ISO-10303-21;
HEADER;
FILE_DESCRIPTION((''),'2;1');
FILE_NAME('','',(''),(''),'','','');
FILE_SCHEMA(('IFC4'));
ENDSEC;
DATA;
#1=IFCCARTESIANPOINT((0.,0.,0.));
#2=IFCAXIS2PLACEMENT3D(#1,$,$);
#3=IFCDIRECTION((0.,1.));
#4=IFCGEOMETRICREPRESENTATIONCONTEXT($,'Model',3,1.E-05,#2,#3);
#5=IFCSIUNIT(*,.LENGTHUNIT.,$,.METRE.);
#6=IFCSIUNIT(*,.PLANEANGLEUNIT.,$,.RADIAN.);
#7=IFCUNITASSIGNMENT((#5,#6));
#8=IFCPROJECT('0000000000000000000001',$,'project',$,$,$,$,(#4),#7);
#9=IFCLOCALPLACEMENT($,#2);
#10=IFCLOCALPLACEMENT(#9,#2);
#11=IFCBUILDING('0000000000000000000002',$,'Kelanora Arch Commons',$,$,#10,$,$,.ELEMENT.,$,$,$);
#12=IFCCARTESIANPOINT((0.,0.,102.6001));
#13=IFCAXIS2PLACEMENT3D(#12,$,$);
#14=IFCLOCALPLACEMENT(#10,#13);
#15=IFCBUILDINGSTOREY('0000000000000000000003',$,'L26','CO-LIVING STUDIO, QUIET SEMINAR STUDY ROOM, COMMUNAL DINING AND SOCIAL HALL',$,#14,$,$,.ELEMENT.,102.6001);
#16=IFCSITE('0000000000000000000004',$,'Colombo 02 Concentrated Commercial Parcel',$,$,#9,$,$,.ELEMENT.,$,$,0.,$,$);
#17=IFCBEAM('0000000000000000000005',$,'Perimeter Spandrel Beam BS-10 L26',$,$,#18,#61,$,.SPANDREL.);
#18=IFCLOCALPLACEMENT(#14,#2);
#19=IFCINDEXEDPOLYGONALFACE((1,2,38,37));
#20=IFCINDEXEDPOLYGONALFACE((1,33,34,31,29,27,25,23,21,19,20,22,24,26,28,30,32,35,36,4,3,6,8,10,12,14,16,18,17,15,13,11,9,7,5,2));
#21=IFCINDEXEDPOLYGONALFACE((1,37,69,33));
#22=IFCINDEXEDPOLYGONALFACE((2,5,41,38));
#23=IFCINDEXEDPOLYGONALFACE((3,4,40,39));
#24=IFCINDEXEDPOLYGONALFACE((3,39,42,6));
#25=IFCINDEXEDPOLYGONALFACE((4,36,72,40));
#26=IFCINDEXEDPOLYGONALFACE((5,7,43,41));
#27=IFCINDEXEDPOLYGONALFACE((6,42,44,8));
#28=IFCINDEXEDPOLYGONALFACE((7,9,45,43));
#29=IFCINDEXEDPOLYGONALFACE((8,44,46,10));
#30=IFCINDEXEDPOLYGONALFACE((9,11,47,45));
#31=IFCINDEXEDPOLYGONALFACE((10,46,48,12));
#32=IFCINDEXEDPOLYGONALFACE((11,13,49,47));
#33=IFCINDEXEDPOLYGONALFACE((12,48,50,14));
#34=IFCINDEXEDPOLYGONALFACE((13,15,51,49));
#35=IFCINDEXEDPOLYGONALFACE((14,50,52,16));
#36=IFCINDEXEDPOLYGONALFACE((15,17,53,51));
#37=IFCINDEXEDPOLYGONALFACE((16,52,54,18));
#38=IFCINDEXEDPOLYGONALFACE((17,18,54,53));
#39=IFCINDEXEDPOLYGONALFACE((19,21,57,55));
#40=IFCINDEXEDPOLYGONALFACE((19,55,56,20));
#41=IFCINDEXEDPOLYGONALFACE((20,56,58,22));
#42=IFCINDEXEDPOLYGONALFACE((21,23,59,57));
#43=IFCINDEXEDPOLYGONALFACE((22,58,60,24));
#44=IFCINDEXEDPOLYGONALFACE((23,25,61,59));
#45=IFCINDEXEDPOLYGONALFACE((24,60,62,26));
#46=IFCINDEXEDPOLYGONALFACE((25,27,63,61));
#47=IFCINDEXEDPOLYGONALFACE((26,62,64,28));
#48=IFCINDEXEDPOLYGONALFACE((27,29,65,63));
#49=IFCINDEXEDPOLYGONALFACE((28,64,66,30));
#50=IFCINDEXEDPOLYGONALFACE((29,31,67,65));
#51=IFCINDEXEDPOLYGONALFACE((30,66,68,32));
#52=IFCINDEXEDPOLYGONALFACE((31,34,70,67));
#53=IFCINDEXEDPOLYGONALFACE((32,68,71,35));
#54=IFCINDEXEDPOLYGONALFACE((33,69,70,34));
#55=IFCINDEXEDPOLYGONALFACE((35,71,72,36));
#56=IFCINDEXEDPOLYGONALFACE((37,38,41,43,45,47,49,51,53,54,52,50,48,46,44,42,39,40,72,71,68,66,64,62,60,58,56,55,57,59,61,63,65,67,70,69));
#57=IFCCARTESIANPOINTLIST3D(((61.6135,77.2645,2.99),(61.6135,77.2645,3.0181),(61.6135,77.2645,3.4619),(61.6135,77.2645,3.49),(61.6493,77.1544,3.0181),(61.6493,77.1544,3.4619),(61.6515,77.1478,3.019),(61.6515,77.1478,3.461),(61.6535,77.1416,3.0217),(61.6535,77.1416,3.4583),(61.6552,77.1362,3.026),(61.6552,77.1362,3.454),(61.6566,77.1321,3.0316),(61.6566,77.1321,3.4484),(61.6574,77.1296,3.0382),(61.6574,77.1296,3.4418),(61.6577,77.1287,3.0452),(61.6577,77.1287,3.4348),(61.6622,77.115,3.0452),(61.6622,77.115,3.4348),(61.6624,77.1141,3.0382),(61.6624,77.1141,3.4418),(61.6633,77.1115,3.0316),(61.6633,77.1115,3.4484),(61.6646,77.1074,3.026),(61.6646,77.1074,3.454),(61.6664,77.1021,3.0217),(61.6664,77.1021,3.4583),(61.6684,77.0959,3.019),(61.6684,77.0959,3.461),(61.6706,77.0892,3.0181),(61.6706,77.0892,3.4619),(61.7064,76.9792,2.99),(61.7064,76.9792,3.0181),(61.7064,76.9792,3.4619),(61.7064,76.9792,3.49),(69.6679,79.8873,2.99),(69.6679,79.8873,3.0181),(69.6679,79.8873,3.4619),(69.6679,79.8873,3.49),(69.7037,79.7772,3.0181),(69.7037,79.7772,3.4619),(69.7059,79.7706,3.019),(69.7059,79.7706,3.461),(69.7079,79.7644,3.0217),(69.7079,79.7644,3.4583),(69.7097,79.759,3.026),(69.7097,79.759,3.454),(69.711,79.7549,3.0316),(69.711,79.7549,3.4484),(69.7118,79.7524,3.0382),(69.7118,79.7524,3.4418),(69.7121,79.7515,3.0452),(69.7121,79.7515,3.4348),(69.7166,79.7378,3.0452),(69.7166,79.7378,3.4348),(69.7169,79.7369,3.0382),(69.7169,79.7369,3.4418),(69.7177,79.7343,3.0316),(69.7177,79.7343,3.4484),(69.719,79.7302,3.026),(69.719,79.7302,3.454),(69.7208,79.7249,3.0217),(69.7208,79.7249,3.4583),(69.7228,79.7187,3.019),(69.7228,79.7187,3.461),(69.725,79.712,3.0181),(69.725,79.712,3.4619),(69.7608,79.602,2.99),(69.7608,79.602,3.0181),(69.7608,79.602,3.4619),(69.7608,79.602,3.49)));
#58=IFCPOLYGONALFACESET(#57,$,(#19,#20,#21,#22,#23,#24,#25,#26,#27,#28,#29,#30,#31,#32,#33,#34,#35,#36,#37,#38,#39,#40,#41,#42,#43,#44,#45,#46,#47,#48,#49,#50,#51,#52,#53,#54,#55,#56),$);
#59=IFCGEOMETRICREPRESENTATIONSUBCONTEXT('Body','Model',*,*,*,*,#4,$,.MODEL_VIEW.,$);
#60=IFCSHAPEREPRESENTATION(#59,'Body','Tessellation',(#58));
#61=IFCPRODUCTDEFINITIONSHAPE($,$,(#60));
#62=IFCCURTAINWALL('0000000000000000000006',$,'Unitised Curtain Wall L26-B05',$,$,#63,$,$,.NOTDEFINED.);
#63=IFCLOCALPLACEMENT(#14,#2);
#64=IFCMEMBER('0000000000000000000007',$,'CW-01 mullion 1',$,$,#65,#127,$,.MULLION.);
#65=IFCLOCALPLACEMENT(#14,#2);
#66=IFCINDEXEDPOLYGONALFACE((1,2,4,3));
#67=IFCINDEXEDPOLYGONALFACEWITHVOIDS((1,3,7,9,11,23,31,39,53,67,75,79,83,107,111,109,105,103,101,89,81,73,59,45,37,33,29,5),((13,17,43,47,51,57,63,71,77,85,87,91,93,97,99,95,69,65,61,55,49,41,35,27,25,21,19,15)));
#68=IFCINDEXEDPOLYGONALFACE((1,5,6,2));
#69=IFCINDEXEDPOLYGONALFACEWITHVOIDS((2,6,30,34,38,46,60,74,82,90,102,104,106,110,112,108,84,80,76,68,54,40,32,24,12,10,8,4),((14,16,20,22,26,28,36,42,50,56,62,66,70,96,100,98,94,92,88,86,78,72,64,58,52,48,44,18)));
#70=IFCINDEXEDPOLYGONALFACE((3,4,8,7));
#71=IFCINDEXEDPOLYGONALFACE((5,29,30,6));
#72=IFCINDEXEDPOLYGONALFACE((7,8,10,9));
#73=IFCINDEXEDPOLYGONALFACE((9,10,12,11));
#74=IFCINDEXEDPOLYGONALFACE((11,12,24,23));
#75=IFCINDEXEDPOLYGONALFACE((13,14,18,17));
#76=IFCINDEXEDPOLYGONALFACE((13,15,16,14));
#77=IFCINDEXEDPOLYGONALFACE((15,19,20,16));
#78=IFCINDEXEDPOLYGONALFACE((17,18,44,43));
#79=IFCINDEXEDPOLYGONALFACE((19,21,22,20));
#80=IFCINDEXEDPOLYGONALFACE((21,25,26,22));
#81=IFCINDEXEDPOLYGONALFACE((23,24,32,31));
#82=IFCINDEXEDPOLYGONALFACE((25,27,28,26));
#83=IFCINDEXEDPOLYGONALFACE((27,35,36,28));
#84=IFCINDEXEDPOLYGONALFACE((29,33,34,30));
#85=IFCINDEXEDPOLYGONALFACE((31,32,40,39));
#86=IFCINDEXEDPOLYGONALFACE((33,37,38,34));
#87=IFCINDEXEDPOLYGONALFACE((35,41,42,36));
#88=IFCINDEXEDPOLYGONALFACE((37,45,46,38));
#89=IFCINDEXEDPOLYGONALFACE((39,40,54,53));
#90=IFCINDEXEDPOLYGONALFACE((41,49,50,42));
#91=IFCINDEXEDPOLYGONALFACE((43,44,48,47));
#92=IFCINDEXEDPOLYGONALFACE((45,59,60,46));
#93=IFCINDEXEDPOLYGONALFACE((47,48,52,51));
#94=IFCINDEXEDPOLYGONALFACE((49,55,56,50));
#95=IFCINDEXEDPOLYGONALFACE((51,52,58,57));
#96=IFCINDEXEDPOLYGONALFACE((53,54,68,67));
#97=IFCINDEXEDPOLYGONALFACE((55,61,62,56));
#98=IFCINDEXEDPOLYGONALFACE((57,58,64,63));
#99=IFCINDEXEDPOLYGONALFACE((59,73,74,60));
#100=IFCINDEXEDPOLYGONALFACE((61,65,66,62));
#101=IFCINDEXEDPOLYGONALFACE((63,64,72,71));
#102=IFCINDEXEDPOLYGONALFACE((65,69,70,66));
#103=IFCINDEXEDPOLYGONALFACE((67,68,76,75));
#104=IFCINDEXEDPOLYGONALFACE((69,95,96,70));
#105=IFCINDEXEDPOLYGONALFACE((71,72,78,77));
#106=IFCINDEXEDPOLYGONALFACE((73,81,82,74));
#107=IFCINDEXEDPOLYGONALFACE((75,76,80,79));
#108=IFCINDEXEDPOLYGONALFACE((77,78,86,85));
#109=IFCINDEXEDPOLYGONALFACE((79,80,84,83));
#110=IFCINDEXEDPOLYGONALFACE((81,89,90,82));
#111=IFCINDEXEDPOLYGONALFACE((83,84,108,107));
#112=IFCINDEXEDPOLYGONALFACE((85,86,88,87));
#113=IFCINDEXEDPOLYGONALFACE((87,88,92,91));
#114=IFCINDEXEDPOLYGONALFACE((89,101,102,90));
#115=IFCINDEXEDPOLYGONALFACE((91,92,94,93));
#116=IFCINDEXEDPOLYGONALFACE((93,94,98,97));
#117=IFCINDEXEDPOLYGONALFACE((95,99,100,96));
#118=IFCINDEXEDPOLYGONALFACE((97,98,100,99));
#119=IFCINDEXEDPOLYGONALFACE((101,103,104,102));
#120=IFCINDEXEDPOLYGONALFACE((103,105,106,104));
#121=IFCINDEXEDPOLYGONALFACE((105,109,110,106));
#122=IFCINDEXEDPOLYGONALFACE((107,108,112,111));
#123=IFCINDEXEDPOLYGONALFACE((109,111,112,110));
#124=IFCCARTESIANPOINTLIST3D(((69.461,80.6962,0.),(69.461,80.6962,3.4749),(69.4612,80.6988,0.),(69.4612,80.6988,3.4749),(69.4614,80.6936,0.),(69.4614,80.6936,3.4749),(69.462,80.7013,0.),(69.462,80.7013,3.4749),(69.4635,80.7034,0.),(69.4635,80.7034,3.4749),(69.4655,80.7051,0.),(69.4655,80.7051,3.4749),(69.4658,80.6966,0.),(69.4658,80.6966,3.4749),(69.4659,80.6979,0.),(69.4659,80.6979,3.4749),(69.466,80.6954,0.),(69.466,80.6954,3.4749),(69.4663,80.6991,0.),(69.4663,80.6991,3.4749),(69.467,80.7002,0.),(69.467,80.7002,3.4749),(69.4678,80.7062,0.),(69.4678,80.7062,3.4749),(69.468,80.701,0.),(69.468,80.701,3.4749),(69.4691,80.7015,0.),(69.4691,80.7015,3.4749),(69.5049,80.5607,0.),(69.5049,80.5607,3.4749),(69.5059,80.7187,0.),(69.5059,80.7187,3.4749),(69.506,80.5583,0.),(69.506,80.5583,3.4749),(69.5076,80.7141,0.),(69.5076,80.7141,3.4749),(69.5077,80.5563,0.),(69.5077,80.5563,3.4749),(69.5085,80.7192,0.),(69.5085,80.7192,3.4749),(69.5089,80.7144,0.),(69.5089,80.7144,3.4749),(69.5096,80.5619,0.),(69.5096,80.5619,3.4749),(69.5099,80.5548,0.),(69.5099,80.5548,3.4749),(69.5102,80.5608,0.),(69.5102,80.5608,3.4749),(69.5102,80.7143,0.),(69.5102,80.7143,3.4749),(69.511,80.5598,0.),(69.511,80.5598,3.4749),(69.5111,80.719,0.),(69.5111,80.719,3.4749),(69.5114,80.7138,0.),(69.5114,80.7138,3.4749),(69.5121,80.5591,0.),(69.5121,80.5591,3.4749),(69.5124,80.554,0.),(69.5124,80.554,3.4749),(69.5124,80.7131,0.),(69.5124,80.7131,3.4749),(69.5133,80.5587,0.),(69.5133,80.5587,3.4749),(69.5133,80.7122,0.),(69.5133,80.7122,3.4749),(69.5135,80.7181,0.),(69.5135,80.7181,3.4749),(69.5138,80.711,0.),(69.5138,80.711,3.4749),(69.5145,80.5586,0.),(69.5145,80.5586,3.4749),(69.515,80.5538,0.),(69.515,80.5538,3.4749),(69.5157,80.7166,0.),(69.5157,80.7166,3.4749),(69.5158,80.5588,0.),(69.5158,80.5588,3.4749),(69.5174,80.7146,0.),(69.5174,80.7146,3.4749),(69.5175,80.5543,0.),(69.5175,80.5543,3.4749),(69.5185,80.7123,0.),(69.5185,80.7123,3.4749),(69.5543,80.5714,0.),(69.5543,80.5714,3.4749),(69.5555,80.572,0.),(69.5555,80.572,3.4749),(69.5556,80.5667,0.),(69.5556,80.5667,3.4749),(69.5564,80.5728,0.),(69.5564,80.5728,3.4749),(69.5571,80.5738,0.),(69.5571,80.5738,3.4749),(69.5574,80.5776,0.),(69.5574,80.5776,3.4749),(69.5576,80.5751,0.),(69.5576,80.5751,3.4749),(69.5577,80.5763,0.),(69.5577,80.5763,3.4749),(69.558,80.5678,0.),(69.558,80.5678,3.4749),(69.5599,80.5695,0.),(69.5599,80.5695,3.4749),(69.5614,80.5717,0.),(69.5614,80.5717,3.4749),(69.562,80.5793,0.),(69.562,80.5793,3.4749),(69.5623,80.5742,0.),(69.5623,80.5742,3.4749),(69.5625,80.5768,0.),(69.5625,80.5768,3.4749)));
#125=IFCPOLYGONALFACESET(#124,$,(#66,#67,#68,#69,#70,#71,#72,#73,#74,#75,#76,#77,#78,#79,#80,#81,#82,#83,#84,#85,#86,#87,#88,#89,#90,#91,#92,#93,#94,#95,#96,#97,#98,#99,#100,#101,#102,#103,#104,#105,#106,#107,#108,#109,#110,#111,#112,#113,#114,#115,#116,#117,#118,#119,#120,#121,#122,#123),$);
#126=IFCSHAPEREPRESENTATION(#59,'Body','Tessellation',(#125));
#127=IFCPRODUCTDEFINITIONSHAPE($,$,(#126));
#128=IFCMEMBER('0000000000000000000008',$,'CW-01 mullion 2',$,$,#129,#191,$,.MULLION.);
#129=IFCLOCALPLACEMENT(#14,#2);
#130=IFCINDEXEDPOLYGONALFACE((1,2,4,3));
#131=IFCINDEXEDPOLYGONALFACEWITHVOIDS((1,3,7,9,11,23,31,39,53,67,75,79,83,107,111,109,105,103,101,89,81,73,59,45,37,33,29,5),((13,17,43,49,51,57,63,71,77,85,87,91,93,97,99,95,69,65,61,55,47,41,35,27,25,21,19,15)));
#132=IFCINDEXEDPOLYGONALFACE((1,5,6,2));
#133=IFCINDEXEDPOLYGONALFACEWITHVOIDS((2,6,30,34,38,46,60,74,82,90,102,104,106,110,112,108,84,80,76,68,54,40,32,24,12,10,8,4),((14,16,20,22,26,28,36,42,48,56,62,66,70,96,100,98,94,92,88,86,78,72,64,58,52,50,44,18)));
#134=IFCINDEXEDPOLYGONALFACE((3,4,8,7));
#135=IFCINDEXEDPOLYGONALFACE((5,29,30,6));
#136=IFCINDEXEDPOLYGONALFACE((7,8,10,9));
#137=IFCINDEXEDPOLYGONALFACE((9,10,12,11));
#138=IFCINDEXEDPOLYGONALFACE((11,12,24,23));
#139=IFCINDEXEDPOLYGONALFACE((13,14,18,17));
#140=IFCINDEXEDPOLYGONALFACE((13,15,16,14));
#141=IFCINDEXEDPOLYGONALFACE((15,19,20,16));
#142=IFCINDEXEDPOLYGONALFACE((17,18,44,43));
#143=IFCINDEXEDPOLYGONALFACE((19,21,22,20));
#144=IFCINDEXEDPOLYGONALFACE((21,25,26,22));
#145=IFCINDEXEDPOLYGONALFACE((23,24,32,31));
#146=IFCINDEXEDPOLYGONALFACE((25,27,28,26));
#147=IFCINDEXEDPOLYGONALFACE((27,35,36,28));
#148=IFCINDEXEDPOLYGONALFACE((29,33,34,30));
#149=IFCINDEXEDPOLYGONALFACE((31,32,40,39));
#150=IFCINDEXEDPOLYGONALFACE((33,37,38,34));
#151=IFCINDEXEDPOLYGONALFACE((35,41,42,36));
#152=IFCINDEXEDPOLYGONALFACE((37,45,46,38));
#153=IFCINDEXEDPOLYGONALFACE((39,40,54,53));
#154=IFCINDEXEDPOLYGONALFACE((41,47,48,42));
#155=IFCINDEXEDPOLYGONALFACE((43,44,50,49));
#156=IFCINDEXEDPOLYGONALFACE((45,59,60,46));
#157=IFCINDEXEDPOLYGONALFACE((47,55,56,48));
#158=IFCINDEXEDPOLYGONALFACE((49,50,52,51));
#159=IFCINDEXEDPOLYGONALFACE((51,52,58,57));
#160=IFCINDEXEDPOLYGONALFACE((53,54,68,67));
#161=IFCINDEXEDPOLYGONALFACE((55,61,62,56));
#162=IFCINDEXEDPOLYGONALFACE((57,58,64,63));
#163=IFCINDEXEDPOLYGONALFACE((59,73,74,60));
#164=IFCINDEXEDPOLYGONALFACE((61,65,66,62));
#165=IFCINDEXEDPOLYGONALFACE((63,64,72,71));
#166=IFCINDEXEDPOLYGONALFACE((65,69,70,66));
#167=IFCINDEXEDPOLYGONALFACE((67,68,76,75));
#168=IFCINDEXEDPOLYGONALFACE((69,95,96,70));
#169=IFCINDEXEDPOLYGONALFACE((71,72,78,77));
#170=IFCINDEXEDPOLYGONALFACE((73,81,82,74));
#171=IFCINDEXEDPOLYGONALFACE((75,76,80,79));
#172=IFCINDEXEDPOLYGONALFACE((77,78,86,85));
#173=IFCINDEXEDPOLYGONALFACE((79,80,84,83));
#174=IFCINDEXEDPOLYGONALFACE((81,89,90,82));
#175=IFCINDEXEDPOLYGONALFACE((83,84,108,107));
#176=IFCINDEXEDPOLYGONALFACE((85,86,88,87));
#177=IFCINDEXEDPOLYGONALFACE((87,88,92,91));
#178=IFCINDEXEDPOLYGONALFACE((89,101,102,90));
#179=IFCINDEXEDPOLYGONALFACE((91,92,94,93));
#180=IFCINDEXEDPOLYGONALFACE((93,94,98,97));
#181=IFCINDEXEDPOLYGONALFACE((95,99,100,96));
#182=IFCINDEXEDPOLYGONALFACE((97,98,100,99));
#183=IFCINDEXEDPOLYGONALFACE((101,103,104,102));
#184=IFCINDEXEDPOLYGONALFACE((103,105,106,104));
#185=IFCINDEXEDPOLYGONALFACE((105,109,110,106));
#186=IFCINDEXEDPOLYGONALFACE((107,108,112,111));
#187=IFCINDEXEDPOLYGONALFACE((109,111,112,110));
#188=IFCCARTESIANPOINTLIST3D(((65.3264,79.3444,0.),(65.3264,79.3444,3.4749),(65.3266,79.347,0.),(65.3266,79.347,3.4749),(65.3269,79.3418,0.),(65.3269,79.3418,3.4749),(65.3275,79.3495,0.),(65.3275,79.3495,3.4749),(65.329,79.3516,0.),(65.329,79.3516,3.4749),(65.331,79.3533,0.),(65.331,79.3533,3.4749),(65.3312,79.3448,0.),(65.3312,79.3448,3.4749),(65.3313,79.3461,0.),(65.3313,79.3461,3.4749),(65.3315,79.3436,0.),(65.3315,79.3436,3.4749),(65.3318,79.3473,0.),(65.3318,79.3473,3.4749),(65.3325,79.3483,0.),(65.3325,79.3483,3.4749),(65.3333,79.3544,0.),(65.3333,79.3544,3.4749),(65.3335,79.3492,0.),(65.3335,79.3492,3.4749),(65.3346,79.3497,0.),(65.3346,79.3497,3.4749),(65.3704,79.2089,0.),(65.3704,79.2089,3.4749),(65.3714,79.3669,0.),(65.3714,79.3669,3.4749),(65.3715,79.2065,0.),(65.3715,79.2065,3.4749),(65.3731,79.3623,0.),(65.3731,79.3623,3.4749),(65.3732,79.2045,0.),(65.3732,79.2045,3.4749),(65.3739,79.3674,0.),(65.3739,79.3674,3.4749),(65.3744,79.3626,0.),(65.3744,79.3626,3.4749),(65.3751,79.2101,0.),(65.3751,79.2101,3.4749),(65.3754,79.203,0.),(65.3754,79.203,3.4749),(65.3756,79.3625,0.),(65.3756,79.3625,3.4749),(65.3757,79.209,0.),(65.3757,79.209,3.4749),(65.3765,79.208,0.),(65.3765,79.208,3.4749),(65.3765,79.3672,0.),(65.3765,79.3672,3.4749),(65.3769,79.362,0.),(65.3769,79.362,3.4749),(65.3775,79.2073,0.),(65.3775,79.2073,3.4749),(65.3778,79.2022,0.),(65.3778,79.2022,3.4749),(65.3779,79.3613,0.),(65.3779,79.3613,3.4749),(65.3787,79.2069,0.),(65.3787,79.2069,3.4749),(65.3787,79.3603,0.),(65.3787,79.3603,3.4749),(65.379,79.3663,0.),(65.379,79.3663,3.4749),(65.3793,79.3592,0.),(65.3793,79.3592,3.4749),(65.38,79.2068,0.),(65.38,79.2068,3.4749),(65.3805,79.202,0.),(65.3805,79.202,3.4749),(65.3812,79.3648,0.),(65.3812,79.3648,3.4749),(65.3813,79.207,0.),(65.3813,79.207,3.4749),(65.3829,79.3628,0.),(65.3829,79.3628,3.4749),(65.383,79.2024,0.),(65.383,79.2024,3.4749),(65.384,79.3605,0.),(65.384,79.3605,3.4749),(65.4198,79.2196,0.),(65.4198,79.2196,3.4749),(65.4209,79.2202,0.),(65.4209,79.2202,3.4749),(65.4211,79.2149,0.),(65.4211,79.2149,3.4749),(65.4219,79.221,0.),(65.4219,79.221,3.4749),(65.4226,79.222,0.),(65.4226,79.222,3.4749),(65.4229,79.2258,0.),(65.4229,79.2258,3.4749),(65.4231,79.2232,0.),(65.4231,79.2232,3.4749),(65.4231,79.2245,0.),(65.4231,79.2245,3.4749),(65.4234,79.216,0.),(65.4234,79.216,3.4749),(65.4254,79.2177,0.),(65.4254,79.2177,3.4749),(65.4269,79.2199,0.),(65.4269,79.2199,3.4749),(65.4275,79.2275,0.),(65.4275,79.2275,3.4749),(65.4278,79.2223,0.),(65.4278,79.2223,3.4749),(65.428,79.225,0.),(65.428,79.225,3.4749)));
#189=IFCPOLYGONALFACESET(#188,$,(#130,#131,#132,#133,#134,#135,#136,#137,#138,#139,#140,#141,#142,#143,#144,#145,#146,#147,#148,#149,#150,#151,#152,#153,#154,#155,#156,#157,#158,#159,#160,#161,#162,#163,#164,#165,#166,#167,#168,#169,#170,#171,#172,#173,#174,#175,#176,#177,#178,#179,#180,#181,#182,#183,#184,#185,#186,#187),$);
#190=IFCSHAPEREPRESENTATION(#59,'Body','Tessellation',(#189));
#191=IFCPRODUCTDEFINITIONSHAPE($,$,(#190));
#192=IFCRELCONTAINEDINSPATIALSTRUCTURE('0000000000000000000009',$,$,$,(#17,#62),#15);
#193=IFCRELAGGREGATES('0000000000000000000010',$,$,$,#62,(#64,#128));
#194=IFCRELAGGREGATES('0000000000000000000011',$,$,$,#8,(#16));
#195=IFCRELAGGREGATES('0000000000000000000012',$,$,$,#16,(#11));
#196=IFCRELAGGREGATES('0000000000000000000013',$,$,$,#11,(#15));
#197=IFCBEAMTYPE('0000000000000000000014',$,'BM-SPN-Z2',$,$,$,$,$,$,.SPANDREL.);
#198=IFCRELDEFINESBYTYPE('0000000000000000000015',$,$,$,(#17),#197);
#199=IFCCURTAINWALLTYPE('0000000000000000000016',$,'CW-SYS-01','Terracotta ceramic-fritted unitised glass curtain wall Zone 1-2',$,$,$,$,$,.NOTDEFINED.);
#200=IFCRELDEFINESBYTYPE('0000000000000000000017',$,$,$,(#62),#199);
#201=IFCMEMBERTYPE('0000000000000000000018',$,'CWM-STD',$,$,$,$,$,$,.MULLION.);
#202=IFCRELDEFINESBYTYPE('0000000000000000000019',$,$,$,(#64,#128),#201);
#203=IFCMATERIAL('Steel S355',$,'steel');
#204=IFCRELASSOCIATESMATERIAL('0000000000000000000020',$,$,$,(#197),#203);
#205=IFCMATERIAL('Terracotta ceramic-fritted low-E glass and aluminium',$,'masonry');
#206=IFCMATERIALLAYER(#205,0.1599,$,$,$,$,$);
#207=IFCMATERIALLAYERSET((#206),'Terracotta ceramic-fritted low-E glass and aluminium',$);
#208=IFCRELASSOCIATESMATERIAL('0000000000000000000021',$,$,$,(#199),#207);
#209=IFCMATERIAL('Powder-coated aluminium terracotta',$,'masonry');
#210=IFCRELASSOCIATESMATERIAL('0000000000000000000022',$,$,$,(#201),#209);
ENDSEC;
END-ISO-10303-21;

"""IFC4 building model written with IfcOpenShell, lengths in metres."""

from ifc_helpers import new_model, si_unit, direction, frame, origin, origin_2d, place, context, subcontext, project, spatial, hollow_rectangle, i_section, extrude, material, layer, layer_set, material_profile, profile_set, type_object, element, aggregate, save


model = new_model("IFC4")

# Units and contexts
model_context = context("Model", 3, precision=1e-05, world=origin(), true_north=direction((0.0, 1.0)))
body_context = subcontext(model_context, "Body", "Model", "MODEL_VIEW")
ifc_project = project(units=[si_unit("LENGTHUNIT", "METRE"), si_unit("PLANEANGLEUNIT", "RADIAN")], contexts=[model_context])

# Site, building, storey
site_placement = place(None, origin())
site = spatial("IfcSite", under=ifc_project, at=site_placement, Name="Colombo 02 Concentrated Commercial Parcel", CompositionType="ELEMENT", RefElevation=0.0)
building_placement = place(site_placement, origin())
building = spatial("IfcBuilding", under=site, at=building_placement, Name="Kelanora Arch Commons", CompositionType="ELEMENT")
storey_placement = place(building_placement, frame((0.0, 0.0, 102.6001)))
storey = spatial("IfcBuildingStorey", under=building, at=storey_placement, Name="L26", Description="CO-LIVING STUDIO, QUIET SEMINAR STUDY ROOM, COMMUNAL DINING AND SOCIAL HALL", CompositionType="ELEMENT", Elevation=102.6001)

# Beam
ifc_material_1 = material(Name="Steel S355", Category="steel")
ifc_material_profile_1 = material_profile(ifc_material_1, i_section(OverallWidth=0.3, OverallDepth=0.5, WebThickness=0.0144, FlangeThickness=0.0281, FilletRadius=0.0271, at=origin_2d()), Name="HEB500")
ifc_profile_set_1 = profile_set([ifc_material_profile_1], Name="Steel S355")
beam_type_1 = type_object("IfcBeamType", Name="BM-SPN-Z2", PredefinedType="SPANDREL", material=ifc_profile_set_1)
beam_1_placement = place(storey_placement, frame((69.7144, 79.7446, 3.24), z_axis=(-0.950857, -0.309631, 0.0), x_axis=(0.309631, -0.950857, 0.0)))
element("IfcBeam", 1, at=beam_1_placement, inside=storey, type_object=beam_type_1, Name="Perimeter Spandrel Beam BS-10 L26", PredefinedType="SPANDREL", context=body_context, shape_type="SweptSolid", body=[
    extrude(i_section(OverallWidth=0.3, OverallDepth=0.5, WebThickness=0.0144, FlangeThickness=0.0281, FilletRadius=0.0271, at=origin_2d()), origin(), (0.0, 0.0, 1.0), 8.4707),
])

# Curtain wall, members
ifc_material_2 = material(Name="Terracotta ceramic-fritted low-E glass and aluminium", Category="masonry")
ifc_layer_1 = layer(ifc_material_2, 0.1599)
ifc_layer_set_1 = layer_set([ifc_layer_1], Name="Terracotta ceramic-fritted low-E glass and aluminium")
curtain_wall_type = type_object("IfcCurtainWallType", Name="CW-SYS-01", Description="Terracotta ceramic-fritted unitised glass curtain wall Zone 1-2", PredefinedType="NOTDEFINED", material=ifc_layer_set_1)
curtain_wall_placement = place(storey_placement, origin())
curtain_wall = element("IfcCurtainWall", 2, at=curtain_wall_placement, inside=storey, type_object=curtain_wall_type, Name="Unitised Curtain Wall L26-B05", PredefinedType="NOTDEFINED")
ifc_material_3 = material(Name="Powder-coated aluminium terracotta", Category="masonry")
ifc_material_profile_2 = material_profile(ifc_material_3, hollow_rectangle(XDim=0.1599, YDim=0.0601, WallThickness=0.0049, InnerFilletRadius=0.0049, OuterFilletRadius=0.01, at=origin_2d()), Name="CWM160x60")
ifc_profile_set_2 = profile_set([ifc_material_profile_2], Name="Powder-coated aluminium terracotta")
member_type_1 = type_object("IfcMemberType", Name="CWM-STD", PredefinedType="MULLION", material=ifc_profile_set_2)
member_1_placement = place(storey_placement, frame((69.5117, 80.6365, 0.0), z_axis=(0.0, 0.0, 1.0), x_axis=(0.310805, -0.950474, 0.0)))
member_1 = element("IfcMember", 3, at=member_1_placement, type_object=member_type_1, Name="CW-01 mullion 1", PredefinedType="MULLION", context=body_context, shape_type="SweptSolid", body=[
    extrude(hollow_rectangle(XDim=0.1599, YDim=0.0601, WallThickness=0.0049, InnerFilletRadius=0.0049, OuterFilletRadius=0.01, at=origin_2d()), origin(), (0.0, 0.0, 1.0), 3.4749),
])
member_2_placement = place(storey_placement, frame((65.3772, 79.2847, 0.0), z_axis=(0.0, 0.0, 1.0), x_axis=(0.310805, -0.950474, 0.0)))
member_2 = element("IfcMember", 4, at=member_2_placement, type_object=member_type_1, Name="CW-01 mullion 2", PredefinedType="MULLION", context=body_context, shape_type="SweptSolid", body=[
    extrude(hollow_rectangle(XDim=0.1599, YDim=0.0601, WallThickness=0.0049, InnerFilletRadius=0.0049, OuterFilletRadius=0.01, at=origin_2d()), origin(), (0.0, 0.0, 1.0), 3.4749),
])
aggregate(curtain_wall, [member_1, member_2])

save(model, "model.ifc")
